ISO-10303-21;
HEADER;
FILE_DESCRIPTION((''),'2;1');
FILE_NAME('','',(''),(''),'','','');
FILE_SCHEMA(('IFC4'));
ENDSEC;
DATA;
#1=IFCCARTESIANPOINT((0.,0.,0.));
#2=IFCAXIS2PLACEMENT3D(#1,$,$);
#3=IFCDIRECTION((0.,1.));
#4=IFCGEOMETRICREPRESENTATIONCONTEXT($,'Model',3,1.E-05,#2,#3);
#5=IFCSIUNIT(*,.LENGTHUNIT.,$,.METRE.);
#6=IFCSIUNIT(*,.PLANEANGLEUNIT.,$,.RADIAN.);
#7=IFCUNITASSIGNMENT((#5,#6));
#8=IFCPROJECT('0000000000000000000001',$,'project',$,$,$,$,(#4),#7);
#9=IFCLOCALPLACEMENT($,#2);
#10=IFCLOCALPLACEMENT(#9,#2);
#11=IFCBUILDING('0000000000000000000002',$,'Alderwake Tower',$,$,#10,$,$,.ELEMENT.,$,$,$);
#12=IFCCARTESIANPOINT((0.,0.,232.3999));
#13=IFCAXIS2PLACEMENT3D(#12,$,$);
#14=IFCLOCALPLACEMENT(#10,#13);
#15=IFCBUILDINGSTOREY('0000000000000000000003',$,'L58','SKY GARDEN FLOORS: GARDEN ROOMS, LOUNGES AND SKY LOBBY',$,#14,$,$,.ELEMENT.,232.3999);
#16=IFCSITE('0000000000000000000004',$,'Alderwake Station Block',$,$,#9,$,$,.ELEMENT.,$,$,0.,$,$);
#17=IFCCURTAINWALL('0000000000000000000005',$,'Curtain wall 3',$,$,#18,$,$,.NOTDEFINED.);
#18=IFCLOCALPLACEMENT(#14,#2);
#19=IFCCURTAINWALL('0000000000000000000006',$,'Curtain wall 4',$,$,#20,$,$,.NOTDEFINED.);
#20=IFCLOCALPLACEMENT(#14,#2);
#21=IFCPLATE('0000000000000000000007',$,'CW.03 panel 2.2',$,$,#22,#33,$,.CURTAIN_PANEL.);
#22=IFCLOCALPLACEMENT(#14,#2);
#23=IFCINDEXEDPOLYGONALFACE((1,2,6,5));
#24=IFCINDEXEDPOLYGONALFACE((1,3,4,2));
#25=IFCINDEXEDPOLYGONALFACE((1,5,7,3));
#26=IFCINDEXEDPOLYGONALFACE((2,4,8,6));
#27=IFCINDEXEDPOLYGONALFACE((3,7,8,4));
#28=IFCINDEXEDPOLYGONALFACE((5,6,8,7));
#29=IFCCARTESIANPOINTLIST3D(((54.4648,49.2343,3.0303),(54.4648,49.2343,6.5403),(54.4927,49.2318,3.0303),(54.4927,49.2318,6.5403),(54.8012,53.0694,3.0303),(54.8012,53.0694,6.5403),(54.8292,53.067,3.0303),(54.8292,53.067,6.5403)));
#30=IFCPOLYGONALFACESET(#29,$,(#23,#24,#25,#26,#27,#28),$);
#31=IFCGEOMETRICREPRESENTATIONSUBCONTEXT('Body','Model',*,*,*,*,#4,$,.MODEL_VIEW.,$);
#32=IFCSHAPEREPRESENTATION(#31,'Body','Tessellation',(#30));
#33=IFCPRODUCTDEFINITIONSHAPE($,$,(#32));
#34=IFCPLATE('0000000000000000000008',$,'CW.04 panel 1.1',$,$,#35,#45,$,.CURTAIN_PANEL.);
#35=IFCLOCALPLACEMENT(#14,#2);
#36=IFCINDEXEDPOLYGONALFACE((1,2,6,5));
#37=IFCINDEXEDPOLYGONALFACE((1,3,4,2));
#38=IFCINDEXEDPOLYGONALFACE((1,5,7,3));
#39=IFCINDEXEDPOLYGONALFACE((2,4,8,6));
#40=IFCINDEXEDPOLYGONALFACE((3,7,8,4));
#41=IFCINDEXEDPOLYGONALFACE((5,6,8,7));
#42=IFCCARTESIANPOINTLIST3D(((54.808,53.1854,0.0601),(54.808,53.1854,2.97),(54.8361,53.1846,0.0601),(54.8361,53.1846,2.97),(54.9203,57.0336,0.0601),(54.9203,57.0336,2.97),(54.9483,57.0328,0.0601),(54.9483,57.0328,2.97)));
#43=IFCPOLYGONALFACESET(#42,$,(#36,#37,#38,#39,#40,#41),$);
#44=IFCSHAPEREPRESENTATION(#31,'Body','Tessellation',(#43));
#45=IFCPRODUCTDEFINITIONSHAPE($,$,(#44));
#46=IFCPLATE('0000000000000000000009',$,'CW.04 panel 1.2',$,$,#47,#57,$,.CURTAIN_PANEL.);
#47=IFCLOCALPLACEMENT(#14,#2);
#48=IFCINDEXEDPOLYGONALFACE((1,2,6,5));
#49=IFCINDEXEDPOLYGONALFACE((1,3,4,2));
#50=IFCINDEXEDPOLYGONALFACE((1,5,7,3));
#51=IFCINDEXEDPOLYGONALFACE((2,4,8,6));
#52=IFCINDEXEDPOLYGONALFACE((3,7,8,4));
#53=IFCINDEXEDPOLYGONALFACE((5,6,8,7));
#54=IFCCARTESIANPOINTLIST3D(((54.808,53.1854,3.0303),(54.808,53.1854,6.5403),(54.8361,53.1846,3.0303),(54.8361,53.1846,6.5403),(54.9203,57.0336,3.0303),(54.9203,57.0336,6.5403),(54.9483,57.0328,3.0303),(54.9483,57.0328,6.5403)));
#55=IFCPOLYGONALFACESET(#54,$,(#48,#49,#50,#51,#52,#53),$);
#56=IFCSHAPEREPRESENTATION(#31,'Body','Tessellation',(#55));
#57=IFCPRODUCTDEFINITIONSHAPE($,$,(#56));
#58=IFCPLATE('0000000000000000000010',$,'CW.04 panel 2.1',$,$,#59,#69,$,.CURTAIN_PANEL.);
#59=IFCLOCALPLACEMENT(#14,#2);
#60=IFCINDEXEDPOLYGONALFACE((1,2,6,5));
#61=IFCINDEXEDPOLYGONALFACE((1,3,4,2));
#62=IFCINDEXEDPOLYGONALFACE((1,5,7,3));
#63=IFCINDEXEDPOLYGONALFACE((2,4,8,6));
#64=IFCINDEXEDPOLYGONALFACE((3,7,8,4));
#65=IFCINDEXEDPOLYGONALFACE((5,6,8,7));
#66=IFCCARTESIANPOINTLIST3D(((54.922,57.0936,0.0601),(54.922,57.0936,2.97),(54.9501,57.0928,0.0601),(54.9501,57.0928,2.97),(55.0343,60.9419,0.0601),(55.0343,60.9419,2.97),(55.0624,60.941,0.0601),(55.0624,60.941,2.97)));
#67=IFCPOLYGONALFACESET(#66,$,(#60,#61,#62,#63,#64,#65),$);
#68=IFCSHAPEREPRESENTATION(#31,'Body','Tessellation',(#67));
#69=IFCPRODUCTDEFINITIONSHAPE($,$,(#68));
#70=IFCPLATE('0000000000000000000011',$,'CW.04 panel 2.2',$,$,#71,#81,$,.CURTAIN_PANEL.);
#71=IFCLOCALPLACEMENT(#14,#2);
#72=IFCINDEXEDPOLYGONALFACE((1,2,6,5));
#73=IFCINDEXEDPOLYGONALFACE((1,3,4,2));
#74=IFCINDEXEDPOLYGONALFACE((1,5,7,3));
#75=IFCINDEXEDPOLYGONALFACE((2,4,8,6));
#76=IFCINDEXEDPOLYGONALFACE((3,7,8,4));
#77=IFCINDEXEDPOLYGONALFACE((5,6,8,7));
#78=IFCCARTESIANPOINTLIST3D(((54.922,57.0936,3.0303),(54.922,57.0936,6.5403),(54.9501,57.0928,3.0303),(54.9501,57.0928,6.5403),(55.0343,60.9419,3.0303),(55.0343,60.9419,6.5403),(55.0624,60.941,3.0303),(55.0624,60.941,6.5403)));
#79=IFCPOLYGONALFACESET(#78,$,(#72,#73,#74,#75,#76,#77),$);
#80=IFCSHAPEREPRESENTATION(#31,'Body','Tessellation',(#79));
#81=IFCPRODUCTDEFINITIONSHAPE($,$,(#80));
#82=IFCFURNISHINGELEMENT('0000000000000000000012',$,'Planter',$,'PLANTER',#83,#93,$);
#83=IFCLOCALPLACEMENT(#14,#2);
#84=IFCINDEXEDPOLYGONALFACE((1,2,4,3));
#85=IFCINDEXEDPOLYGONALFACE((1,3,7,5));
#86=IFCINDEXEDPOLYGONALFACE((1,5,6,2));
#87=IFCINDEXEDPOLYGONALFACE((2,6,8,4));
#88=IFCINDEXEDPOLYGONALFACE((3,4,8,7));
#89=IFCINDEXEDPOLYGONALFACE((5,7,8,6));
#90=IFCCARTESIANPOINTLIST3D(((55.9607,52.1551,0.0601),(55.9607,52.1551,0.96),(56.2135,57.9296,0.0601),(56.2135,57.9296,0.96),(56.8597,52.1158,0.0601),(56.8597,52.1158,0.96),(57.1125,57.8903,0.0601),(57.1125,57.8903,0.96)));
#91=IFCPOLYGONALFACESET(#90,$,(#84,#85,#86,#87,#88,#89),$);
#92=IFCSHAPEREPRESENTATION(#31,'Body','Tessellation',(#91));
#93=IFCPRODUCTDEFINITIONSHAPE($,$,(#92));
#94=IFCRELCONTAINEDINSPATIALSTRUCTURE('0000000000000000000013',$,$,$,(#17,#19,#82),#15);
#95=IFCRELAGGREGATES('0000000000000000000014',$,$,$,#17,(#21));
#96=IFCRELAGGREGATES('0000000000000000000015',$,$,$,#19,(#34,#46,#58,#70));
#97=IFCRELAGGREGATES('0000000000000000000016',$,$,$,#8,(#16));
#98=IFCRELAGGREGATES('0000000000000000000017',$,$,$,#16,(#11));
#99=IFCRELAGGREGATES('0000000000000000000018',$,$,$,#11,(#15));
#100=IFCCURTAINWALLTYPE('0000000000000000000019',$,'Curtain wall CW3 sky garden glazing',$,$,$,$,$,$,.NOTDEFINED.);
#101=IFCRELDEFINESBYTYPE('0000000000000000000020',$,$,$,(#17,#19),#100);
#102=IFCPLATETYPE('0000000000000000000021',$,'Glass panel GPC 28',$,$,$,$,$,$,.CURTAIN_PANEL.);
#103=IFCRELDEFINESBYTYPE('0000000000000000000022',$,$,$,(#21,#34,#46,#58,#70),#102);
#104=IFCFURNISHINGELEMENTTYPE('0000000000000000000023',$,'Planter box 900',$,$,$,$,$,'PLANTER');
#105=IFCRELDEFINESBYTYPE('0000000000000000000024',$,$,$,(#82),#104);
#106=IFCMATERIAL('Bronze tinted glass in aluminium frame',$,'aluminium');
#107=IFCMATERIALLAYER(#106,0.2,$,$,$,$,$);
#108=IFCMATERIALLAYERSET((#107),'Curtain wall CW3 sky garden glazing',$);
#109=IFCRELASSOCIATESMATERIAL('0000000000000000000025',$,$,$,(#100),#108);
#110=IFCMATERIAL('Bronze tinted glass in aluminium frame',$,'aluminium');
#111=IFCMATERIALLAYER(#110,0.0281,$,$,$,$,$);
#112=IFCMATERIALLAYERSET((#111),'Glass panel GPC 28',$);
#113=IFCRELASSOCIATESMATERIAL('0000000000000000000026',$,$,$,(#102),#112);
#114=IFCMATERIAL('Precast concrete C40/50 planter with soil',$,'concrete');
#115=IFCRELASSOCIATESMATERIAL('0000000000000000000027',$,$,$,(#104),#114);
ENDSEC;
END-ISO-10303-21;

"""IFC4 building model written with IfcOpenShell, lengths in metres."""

from ifc_helpers import new_model, si_unit, direction, frame, origin, origin_2d, place, context, subcontext, project, spatial, rectangle, extrude, material, layer, layer_set, type_object, element, aggregate, save


model = new_model("IFC4")

# Units and contexts
model_context = context("Model", 3, precision=1e-05, world=origin(), true_north=direction((0.0, 1.0)))
body_context = subcontext(model_context, "Body", "Model", "MODEL_VIEW")
ifc_project = project(units=[si_unit("LENGTHUNIT", "METRE"), si_unit("PLANEANGLEUNIT", "RADIAN")], contexts=[model_context])

# Site, building, storey
site_placement = place(None, origin())
site = spatial("IfcSite", under=ifc_project, at=site_placement, Name="Alderwake Station Block", CompositionType="ELEMENT", RefElevation=0.0)
building_placement = place(site_placement, origin())
building = spatial("IfcBuilding", under=site, at=building_placement, Name="Alderwake Tower", CompositionType="ELEMENT")
storey_placement = place(building_placement, frame((0.0, 0.0, 232.3999)))
storey = spatial("IfcBuildingStorey", under=building, at=storey_placement, Name="L58", Description="SKY GARDEN FLOORS: GARDEN ROOMS, LOUNGES AND SKY LOBBY", CompositionType="ELEMENT", Elevation=232.3999)

# Curtain wall
ifc_material_1 = material(Name="Bronze tinted glass in aluminium frame", Category="aluminium")
ifc_layer_1 = layer(ifc_material_1, 0.2)
ifc_layer_set_1 = layer_set([ifc_layer_1], Name="Curtain wall CW3 sky garden glazing")
curtain_wall_type = type_object("IfcCurtainWallType", Name="Curtain wall CW3 sky garden glazing", PredefinedType="NOTDEFINED", material=ifc_layer_set_1)
curtain_wall_1_placement = place(storey_placement, origin())
curtain_wall_1 = element("IfcCurtainWall", 1, at=curtain_wall_1_placement, inside=storey, type_object=curtain_wall_type, Name="Curtain wall 3", PredefinedType="NOTDEFINED")

# Curtain wall
curtain_wall_2_placement = place(storey_placement, origin())
curtain_wall_2 = element("IfcCurtainWall", 2, at=curtain_wall_2_placement, inside=storey, type_object=curtain_wall_type, Name="Curtain wall 4", PredefinedType="NOTDEFINED")

# Plates
ifc_material_2 = material(Name="Bronze tinted glass in aluminium frame", Category="aluminium")
ifc_layer_2 = layer(ifc_material_2, 0.0281)
ifc_layer_set_2 = layer_set([ifc_layer_2], Name="Glass panel GPC 28")
plate_type = type_object("IfcPlateType", Name="Glass panel GPC 28", PredefinedType="CURTAIN_PANEL", material=ifc_layer_set_2)
plate_1_placement = place(storey_placement, frame((54.647, 51.1506, 3.0303), z_axis=(0.0, 0.0, 1.0), x_axis=(0.08739, 0.996174, 0.0)))
plate_1 = element("IfcPlate", 3, at=plate_1_placement, type_object=plate_type, Name="CW.03 panel 2.2", PredefinedType="CURTAIN_PANEL", context=body_context, shape_type="SweptSolid", body=[
    extrude(rectangle(XDim=3.8499, YDim=0.0281, at=origin_2d()), origin(), (0.0, 0.0, 1.0), 3.51),
])
aggregate(curtain_wall_1, [plate_1])
plate_2_placement = place(storey_placement, frame((54.8782, 55.1091, 0.0601), z_axis=(0.0, 0.0, 1.0), x_axis=(0.029163, 0.999575, 0.0)))
plate_2 = element("IfcPlate", 4, at=plate_2_placement, type_object=plate_type, Name="CW.04 panel 1.1", PredefinedType="CURTAIN_PANEL", context=body_context, shape_type="SweptSolid", body=[
    extrude(rectangle(XDim=3.8499, YDim=0.0281, at=origin_2d()), origin(), (0.0, 0.0, 1.0), 2.9099),
])
plate_3_placement = place(storey_placement, frame((54.8782, 55.1091, 3.0303), z_axis=(0.0, 0.0, 1.0), x_axis=(0.029163, 0.999575, 0.0)))
plate_3 = element("IfcPlate", 5, at=plate_3_placement, type_object=plate_type, Name="CW.04 panel 1.2", PredefinedType="CURTAIN_PANEL", context=body_context, shape_type="SweptSolid", body=[
    extrude(rectangle(XDim=3.8499, YDim=0.0281, at=origin_2d()), origin(), (0.0, 0.0, 1.0), 3.51),
])
plate_4_placement = place(storey_placement, frame((54.9922, 59.0173, 0.0601), z_axis=(0.0, 0.0, 1.0), x_axis=(0.029163, 0.999575, 0.0)))
plate_4 = element("IfcPlate", 6, at=plate_4_placement, type_object=plate_type, Name="CW.04 panel 2.1", PredefinedType="CURTAIN_PANEL", context=body_context, shape_type="SweptSolid", body=[
    extrude(rectangle(XDim=3.8499, YDim=0.0281, at=origin_2d()), origin(), (0.0, 0.0, 1.0), 2.9099),
])
plate_5_placement = place(storey_placement, frame((54.9922, 59.0173, 3.0303), z_axis=(0.0, 0.0, 1.0), x_axis=(0.029163, 0.999575, 0.0)))
plate_5 = element("IfcPlate", 7, at=plate_5_placement, type_object=plate_type, Name="CW.04 panel 2.2", PredefinedType="CURTAIN_PANEL", context=body_context, shape_type="SweptSolid", body=[
    extrude(rectangle(XDim=3.8499, YDim=0.0281, at=origin_2d()), origin(), (0.0, 0.0, 1.0), 3.51),
])
aggregate(curtain_wall_2, [plate_2, plate_3, plate_4, plate_5])

# Furnishing element
ifc_material_3 = material(Name="Precast concrete C40/50 planter with soil", Category="concrete")
furnishing_element_type = type_object("IfcFurnishingElementType", Name="Planter box 900", ElementType="PLANTER", material=ifc_material_3)
furnishing_placement = place(storey_placement, frame((56.5366, 55.0227, 0.0601), z_axis=(0.0, 0.0, 1.0), x_axis=(0.999043, -0.043736, 0.0)))
element("IfcFurnishingElement", 8, at=furnishing_placement, inside=storey, type_object=furnishing_element_type, Name="Planter", ObjectType="PLANTER", context=body_context, shape_type="SweptSolid", body=[
    extrude(rectangle(XDim=0.8999, YDim=5.78, at=origin_2d()), origin(), (0.0, 0.0, 1.0), 0.8999),
])

save(model, "model.ifc")
